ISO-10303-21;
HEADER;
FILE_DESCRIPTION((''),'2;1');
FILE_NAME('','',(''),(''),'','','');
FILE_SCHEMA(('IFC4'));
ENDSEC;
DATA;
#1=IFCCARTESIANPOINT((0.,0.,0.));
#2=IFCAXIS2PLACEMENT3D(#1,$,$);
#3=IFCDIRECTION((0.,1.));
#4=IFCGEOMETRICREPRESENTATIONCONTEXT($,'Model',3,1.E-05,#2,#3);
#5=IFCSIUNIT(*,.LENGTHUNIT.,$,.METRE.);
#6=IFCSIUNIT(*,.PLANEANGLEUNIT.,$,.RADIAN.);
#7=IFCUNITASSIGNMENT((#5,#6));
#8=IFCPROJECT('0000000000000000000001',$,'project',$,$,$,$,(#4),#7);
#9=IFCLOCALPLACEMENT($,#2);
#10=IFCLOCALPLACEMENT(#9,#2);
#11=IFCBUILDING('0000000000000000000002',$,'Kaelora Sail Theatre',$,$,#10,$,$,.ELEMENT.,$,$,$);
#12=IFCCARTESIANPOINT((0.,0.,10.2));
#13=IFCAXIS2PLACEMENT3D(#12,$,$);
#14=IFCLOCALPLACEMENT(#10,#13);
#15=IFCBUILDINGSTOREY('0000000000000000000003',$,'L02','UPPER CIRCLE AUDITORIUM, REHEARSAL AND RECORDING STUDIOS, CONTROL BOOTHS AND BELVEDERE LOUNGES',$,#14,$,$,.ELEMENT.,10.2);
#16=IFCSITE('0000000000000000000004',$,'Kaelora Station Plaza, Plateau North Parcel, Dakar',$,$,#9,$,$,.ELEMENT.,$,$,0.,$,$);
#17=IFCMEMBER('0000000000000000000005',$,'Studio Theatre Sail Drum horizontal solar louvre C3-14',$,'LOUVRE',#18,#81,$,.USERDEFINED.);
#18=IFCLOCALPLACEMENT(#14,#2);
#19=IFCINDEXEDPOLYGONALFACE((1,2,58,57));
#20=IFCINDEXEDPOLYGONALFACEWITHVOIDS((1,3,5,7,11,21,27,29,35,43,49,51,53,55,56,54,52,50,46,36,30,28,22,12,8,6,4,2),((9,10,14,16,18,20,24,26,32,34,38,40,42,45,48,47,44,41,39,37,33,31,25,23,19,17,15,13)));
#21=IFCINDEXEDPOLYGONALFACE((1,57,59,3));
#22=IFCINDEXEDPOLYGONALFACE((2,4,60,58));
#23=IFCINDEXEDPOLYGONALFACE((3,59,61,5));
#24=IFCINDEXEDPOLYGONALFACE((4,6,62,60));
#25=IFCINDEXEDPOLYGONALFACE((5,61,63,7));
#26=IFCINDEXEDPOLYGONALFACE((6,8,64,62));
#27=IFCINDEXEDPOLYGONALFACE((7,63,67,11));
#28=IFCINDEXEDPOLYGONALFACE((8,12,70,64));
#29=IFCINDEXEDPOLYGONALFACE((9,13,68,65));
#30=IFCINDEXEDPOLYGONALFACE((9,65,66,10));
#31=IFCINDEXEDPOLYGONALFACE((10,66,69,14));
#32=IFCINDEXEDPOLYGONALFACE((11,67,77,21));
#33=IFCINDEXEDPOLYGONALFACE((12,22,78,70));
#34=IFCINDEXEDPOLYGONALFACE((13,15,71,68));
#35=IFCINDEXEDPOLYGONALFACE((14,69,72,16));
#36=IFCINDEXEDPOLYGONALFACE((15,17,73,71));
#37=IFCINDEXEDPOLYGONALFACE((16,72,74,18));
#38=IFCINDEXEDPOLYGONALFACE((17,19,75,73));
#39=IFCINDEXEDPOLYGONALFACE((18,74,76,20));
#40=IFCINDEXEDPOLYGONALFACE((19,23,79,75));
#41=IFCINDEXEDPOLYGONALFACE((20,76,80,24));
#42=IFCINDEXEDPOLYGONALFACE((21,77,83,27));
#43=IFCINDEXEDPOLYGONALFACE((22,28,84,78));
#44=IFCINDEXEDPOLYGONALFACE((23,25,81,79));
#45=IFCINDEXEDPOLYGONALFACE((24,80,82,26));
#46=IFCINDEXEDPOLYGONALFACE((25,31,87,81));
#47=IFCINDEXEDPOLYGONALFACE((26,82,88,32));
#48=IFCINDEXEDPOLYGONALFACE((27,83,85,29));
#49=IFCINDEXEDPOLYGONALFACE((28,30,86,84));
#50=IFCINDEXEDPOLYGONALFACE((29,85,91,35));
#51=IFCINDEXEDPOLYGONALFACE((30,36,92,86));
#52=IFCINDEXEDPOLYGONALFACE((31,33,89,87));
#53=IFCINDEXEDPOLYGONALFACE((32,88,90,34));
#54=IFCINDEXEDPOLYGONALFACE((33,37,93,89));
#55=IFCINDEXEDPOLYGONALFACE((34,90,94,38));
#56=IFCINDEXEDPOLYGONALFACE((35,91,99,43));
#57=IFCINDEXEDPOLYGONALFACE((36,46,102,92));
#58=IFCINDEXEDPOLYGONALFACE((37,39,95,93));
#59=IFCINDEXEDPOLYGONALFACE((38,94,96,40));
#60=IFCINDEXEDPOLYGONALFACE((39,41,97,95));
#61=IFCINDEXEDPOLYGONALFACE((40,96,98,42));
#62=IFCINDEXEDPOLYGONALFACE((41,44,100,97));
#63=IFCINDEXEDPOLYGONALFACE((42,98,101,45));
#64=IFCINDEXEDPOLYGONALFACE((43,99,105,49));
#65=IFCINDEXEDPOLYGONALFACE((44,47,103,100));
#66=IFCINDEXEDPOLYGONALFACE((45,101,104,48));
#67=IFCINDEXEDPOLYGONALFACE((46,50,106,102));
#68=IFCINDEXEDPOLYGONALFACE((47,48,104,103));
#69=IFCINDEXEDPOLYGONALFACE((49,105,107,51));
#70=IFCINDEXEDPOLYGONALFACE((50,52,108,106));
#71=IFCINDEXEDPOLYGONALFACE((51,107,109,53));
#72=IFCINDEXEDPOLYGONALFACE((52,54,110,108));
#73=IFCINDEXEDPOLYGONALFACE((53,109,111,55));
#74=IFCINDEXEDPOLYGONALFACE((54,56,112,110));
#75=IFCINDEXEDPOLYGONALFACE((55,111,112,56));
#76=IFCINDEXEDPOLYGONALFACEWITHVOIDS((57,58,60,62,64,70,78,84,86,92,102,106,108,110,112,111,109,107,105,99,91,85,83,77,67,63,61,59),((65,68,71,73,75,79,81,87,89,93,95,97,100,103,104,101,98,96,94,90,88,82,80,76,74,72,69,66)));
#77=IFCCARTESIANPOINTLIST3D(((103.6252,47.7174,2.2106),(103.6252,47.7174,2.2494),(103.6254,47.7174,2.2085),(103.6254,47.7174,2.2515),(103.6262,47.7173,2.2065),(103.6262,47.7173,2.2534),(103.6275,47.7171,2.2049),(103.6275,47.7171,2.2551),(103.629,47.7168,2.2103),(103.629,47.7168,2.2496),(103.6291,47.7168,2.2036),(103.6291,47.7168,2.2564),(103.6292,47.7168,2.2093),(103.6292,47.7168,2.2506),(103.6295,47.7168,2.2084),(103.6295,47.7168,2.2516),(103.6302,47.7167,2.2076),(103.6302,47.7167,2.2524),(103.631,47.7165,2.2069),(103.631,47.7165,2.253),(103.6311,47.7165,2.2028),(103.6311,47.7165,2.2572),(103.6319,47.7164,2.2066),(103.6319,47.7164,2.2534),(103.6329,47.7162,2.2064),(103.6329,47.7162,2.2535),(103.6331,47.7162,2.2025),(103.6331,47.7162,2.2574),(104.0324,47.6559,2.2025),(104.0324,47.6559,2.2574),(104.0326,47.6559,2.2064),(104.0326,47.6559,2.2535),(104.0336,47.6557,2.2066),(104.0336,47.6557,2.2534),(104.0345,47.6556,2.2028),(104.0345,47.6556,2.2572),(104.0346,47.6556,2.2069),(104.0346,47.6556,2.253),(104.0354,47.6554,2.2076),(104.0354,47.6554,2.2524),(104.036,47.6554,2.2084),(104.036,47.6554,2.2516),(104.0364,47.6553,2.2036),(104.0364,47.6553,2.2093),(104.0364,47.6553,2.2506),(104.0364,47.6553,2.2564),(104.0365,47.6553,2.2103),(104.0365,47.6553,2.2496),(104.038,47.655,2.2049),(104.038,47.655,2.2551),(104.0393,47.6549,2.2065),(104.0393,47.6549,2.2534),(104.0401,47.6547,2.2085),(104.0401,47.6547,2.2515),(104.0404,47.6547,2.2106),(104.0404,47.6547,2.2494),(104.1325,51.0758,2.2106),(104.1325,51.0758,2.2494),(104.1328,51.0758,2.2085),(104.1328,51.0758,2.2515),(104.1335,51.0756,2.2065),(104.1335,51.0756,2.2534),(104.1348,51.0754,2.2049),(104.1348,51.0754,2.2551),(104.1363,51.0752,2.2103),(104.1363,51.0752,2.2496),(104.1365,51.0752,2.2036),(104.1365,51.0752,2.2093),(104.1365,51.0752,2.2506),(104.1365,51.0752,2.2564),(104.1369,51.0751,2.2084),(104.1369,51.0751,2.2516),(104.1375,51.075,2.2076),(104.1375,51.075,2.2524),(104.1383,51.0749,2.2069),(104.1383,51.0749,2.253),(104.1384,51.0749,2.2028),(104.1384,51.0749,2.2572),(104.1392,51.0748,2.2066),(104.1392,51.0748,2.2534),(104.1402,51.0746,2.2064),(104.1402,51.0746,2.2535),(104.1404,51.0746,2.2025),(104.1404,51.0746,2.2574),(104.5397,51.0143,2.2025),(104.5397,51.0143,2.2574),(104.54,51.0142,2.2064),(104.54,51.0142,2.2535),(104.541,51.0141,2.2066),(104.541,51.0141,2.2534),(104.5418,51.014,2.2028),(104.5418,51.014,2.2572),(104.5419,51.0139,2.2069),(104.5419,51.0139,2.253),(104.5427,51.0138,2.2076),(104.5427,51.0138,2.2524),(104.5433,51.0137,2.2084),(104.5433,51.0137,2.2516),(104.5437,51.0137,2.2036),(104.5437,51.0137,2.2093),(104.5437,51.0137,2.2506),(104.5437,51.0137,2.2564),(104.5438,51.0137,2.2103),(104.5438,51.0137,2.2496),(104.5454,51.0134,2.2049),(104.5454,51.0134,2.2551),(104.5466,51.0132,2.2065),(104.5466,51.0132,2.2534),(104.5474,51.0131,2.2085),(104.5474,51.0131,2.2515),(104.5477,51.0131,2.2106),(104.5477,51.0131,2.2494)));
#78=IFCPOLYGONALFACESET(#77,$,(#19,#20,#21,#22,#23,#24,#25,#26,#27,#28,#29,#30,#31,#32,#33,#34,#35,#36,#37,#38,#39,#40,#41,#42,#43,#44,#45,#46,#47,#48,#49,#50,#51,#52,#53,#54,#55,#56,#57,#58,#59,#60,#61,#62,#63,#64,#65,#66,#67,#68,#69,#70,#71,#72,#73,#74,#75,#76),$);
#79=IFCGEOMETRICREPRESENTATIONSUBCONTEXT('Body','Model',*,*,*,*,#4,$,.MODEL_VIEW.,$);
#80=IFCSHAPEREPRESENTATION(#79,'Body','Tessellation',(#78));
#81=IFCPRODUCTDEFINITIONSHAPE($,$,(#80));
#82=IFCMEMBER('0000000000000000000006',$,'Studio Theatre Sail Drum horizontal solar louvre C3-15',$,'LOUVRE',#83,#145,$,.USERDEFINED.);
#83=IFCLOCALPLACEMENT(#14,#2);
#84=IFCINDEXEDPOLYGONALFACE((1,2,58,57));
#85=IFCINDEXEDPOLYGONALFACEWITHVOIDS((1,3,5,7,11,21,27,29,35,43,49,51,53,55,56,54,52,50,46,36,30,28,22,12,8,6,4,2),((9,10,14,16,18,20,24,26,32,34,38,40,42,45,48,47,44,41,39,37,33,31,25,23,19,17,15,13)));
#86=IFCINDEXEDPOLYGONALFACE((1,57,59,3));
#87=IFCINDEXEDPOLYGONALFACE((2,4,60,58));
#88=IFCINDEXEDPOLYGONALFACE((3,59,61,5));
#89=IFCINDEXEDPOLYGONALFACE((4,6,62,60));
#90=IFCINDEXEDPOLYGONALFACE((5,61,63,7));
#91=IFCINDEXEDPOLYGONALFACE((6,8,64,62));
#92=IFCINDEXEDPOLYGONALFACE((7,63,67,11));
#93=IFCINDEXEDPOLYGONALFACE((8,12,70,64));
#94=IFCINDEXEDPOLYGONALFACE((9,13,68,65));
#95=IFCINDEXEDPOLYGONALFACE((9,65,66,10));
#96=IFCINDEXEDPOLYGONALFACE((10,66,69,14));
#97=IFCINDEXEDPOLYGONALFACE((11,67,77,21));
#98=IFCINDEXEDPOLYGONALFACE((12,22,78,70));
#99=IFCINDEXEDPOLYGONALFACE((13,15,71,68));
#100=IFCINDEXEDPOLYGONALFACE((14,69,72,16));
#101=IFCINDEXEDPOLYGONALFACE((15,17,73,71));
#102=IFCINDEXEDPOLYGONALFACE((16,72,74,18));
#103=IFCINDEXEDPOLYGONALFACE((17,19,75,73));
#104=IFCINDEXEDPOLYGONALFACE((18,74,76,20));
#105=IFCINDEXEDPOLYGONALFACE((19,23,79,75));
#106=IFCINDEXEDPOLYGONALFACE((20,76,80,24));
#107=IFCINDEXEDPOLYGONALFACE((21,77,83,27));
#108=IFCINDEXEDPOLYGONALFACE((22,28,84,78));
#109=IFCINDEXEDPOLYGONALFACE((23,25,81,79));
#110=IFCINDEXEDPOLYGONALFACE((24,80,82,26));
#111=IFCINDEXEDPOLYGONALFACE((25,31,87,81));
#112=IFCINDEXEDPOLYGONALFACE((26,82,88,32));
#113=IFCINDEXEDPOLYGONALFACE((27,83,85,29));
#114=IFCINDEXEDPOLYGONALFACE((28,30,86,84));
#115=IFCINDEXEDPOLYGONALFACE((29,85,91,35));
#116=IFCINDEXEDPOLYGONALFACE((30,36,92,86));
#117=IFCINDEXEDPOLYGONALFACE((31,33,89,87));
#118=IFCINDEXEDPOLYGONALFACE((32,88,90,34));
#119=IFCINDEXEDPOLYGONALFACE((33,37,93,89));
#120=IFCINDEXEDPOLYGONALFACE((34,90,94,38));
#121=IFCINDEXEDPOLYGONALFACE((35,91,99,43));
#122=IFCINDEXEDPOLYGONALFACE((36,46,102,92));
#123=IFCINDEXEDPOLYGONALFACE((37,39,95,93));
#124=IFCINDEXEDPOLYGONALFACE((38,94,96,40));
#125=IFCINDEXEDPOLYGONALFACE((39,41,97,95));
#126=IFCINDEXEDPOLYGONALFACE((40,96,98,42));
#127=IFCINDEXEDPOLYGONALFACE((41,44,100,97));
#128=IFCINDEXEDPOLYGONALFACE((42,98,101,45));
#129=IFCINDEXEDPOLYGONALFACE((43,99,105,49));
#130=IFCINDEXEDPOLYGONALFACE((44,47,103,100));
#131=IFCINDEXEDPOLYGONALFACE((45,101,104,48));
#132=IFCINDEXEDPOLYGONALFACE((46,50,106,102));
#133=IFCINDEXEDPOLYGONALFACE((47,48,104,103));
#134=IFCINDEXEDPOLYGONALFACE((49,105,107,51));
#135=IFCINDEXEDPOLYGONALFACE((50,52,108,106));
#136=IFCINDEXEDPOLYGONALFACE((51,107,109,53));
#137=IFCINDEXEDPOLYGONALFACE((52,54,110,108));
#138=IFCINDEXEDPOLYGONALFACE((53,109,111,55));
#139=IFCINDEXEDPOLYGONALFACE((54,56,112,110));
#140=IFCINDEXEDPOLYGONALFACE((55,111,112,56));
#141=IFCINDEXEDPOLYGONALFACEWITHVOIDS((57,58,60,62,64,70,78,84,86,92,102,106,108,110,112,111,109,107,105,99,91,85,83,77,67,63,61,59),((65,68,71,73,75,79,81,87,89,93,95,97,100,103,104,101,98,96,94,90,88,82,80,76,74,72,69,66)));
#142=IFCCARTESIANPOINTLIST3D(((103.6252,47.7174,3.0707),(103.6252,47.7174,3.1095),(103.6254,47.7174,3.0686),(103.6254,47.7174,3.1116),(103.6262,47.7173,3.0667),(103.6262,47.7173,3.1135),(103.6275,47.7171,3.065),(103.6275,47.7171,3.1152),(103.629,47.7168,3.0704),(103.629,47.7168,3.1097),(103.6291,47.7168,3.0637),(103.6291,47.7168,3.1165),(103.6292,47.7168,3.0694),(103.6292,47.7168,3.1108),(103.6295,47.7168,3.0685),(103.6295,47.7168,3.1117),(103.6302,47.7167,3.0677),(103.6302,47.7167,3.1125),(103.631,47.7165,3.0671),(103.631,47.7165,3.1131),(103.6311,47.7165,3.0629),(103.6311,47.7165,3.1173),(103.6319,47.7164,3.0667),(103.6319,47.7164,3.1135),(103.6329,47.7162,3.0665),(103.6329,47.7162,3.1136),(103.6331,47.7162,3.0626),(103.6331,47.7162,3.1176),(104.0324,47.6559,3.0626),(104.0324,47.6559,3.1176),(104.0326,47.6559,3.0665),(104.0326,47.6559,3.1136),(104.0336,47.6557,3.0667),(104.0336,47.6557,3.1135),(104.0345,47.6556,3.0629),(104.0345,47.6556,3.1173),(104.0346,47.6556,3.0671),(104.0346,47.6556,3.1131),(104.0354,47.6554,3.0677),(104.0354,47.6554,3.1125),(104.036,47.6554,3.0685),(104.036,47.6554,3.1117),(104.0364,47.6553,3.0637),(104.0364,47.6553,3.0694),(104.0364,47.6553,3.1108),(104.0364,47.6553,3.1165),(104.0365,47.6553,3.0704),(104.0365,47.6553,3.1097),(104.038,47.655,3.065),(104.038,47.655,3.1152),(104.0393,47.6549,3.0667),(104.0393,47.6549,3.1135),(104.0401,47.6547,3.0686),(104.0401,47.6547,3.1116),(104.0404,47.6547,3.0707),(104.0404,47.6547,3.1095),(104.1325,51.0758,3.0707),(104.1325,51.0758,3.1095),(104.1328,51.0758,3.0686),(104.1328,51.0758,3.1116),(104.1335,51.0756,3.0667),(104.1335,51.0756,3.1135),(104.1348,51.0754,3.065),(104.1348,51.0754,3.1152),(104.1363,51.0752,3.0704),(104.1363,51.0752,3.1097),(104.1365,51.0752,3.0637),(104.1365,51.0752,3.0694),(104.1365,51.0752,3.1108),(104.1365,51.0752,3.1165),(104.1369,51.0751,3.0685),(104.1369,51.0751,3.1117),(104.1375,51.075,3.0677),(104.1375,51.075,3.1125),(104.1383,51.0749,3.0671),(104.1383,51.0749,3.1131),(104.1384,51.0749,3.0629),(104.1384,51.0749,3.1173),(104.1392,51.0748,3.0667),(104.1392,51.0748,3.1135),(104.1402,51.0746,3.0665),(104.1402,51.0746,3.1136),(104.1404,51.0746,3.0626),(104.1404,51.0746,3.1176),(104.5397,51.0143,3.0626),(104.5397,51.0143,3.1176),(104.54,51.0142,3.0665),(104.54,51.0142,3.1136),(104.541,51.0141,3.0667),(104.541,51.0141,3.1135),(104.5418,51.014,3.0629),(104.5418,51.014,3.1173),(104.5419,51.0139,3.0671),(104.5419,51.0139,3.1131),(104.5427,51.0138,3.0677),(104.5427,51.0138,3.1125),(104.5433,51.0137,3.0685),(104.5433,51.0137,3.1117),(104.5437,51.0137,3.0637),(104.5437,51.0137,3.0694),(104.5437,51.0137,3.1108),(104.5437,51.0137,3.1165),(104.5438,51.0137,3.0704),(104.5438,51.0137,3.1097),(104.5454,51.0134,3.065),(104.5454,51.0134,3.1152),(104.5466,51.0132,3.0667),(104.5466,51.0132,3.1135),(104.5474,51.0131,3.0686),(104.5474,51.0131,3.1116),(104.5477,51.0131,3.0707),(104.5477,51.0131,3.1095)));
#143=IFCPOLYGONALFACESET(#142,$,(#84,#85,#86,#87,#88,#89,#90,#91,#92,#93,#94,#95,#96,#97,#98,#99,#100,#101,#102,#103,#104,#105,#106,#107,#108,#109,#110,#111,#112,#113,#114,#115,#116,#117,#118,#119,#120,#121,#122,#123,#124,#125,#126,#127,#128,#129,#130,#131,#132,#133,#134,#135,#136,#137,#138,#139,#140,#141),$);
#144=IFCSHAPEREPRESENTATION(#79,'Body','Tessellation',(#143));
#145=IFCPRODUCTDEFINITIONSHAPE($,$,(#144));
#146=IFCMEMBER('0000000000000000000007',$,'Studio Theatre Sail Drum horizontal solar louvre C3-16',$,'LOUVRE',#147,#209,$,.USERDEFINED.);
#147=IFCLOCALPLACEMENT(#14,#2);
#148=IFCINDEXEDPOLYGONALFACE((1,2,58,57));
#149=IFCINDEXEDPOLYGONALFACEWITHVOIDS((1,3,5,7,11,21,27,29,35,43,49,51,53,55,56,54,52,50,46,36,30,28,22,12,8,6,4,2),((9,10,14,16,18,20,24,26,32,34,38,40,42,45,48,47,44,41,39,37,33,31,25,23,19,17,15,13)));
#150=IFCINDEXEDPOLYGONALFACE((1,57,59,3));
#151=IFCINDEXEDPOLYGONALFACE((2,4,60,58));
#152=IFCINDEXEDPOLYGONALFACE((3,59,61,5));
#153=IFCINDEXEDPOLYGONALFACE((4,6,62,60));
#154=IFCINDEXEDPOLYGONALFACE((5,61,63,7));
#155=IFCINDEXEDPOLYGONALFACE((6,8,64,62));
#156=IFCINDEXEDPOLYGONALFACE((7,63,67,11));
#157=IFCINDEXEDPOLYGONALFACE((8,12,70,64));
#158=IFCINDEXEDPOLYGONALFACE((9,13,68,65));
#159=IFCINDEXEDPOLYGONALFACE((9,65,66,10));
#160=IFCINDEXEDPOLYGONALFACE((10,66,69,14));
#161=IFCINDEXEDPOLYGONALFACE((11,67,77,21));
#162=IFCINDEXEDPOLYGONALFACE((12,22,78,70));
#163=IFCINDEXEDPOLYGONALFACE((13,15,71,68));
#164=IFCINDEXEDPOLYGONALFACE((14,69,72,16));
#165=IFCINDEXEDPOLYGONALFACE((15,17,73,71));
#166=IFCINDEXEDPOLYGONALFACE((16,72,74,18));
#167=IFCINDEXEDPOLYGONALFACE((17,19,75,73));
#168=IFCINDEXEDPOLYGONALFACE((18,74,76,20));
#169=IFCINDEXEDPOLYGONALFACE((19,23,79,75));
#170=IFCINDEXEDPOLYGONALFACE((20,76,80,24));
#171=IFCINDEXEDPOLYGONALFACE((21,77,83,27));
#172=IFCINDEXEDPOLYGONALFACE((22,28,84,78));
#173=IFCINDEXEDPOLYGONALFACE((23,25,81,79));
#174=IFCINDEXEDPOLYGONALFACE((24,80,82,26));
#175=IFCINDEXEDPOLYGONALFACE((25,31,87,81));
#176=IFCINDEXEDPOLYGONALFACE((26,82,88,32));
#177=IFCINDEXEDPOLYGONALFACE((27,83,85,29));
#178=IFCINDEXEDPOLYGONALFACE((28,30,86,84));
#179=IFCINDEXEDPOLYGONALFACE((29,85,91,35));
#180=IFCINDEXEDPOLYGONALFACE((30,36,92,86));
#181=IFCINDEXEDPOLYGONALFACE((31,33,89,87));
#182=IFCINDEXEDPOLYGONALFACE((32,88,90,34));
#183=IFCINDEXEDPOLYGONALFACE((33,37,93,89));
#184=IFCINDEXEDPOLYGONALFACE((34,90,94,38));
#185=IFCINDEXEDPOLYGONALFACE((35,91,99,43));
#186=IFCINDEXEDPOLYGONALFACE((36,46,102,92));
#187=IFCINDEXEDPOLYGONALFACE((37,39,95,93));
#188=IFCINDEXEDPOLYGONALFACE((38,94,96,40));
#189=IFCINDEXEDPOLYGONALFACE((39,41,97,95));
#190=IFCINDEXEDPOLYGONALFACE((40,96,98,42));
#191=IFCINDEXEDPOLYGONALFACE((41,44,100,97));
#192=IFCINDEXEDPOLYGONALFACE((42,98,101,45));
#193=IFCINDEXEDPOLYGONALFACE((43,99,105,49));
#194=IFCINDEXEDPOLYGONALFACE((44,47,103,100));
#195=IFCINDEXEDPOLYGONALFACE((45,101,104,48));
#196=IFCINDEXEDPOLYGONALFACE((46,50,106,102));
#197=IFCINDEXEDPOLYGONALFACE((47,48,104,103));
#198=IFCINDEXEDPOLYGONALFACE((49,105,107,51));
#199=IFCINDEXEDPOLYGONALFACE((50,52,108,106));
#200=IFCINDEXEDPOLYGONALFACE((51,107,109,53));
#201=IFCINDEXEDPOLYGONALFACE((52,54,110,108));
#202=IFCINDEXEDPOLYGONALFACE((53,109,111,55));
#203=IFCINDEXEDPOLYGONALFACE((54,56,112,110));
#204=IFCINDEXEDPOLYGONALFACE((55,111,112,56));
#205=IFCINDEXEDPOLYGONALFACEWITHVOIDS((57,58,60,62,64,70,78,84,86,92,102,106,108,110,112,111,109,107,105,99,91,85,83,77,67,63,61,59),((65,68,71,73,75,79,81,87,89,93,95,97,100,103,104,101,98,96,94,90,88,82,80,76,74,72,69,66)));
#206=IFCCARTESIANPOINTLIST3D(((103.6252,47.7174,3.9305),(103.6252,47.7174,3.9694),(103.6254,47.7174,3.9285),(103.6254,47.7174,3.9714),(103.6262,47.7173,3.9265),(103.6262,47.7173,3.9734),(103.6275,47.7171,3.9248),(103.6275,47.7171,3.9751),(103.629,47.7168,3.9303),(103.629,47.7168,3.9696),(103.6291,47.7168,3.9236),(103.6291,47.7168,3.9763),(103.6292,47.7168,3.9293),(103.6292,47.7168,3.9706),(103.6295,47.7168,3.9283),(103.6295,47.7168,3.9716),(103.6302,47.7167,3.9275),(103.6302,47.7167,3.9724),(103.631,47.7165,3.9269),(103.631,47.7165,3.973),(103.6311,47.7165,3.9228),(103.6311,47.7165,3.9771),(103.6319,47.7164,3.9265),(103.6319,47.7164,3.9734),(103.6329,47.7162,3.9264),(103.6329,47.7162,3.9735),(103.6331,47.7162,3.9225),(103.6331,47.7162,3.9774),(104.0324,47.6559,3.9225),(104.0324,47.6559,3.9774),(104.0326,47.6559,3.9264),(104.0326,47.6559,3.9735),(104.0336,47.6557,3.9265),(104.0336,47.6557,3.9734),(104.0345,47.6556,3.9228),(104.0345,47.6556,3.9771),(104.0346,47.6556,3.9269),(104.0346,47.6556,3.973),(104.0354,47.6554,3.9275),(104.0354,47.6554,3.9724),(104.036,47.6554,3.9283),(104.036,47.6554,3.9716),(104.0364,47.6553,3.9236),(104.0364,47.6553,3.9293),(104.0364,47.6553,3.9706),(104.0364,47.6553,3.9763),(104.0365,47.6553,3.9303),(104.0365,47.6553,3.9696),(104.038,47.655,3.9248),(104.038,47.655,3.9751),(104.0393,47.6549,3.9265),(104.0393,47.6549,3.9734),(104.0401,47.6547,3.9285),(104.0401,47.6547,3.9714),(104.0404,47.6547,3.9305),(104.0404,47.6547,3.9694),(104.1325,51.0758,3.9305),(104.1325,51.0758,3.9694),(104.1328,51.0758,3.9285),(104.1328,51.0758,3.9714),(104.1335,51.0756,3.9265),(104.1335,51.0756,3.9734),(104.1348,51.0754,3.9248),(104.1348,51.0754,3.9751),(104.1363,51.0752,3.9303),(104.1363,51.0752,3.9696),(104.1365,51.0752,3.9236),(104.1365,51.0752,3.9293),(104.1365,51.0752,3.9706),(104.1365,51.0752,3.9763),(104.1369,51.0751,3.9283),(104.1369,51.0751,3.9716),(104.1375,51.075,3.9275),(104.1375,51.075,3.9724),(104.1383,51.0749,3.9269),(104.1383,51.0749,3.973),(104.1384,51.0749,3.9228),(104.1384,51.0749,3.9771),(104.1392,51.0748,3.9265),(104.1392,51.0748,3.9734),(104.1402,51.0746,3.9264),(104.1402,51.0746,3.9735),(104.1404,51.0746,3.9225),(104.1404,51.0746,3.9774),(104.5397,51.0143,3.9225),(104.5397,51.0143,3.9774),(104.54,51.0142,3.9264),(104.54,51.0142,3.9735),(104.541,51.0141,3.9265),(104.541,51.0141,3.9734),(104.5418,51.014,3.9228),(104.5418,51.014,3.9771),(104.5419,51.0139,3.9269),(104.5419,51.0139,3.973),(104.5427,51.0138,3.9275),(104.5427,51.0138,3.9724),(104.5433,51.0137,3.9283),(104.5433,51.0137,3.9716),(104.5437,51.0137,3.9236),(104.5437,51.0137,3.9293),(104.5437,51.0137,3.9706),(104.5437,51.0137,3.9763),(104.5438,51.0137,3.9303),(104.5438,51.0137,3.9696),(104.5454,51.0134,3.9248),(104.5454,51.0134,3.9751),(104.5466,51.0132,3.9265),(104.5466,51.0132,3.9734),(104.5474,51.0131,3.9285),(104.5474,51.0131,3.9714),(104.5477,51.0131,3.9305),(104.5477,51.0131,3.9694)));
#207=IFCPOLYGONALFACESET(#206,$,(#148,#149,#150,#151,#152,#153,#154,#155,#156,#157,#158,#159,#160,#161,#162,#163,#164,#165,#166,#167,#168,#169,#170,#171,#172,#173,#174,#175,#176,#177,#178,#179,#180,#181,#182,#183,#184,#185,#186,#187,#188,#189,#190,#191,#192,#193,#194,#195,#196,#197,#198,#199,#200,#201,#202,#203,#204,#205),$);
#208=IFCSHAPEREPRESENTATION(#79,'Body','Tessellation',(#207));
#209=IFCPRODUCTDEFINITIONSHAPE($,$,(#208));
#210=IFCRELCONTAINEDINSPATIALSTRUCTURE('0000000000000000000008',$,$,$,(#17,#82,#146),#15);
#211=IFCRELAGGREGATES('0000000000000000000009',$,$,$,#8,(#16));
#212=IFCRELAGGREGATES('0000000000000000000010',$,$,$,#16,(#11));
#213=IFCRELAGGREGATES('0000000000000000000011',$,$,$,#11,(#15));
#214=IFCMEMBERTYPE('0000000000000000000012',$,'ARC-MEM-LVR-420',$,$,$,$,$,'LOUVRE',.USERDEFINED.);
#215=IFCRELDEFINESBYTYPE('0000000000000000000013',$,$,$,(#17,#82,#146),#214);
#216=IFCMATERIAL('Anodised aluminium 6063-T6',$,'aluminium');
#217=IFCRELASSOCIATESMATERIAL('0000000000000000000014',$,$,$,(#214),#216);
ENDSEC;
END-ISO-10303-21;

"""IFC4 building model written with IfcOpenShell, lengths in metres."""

from ifc_helpers import new_model, si_unit, direction, frame, origin, origin_2d, place, context, subcontext, project, spatial, hollow_rectangle, extrude, material, material_profile, profile_set, type_object, element, save


model = new_model("IFC4")

# Units and contexts
model_context = context("Model", 3, precision=1e-05, world=origin(), true_north=direction((0.0, 1.0)))
body_context = subcontext(model_context, "Body", "Model", "MODEL_VIEW")
ifc_project = project(units=[si_unit("LENGTHUNIT", "METRE"), si_unit("PLANEANGLEUNIT", "RADIAN")], contexts=[model_context])

# Site, building, storey
site_placement = place(None, origin())
site = spatial("IfcSite", under=ifc_project, at=site_placement, Name="Kaelora Station Plaza, Plateau North Parcel, Dakar", CompositionType="ELEMENT", RefElevation=0.0)
building_placement = place(site_placement, origin())
building = spatial("IfcBuilding", under=site, at=building_placement, Name="Kaelora Sail Theatre", CompositionType="ELEMENT")
storey_placement = place(building_placement, frame((0.0, 0.0, 10.2)))
storey = spatial("IfcBuildingStorey", under=building, at=storey_placement, Name="L02", Description="UPPER CIRCLE AUDITORIUM, REHEARSAL AND RECORDING STUDIOS, CONTROL BOOTHS AND BELVEDERE LOUNGES", CompositionType="ELEMENT", Elevation=10.2)

# Members
ifc_material_1 = material(Name="Anodised aluminium 6063-T6", Category="aluminium")
ifc_material_profile_1 = material_profile(ifc_material_1, hollow_rectangle(XDim=0.4199, YDim=0.0549, WallThickness=0.0039, InnerFilletRadius=0.0039, OuterFilletRadius=0.0081, at=origin_2d()), Name="LOUVRE 420x55x4")
ifc_profile_set_1 = profile_set([ifc_material_profile_1], Name="Anodised aluminium 6063-T6")
member_type = type_object("IfcMemberType", Name="ARC-MEM-LVR-420", ElementType="LOUVRE", PredefinedType="USERDEFINED", material=ifc_profile_set_1)
for number, where, z_axis, x_axis, name in (
    (1, (104.3401, 51.0444, 2.23), (-0.149367, -0.988782, 0.0), (0.988782, -0.149367, 0.0), "Studio Theatre Sail Drum horizontal solar louvre C3-14"),
    (2, (104.3401, 51.0444, 3.0901), (-0.149367, -0.988782, 0.0), (0.988782, -0.149367, 0.0), "Studio Theatre Sail Drum horizontal solar louvre C3-15"),
    (3, (104.3401, 51.0444, 3.95), (-0.149367, -0.988782, 0.0), (0.988782, -0.149367, 0.0), "Studio Theatre Sail Drum horizontal solar louvre C3-16"),
):
    element("IfcMember", number, at=place(storey_placement, frame(where, z_axis=z_axis, x_axis=x_axis)), inside=storey, type_object=member_type, Name=name, ObjectType="LOUVRE", PredefinedType="USERDEFINED", context=body_context, shape_type="SweptSolid", body=[
        extrude(hollow_rectangle(XDim=0.4199, YDim=0.0549, WallThickness=0.0039, InnerFilletRadius=0.0039, OuterFilletRadius=0.0081, at=origin_2d()), origin(), (0.0, 0.0, 1.0), 3.3965),
    ])

save(model, "model.ifc")
